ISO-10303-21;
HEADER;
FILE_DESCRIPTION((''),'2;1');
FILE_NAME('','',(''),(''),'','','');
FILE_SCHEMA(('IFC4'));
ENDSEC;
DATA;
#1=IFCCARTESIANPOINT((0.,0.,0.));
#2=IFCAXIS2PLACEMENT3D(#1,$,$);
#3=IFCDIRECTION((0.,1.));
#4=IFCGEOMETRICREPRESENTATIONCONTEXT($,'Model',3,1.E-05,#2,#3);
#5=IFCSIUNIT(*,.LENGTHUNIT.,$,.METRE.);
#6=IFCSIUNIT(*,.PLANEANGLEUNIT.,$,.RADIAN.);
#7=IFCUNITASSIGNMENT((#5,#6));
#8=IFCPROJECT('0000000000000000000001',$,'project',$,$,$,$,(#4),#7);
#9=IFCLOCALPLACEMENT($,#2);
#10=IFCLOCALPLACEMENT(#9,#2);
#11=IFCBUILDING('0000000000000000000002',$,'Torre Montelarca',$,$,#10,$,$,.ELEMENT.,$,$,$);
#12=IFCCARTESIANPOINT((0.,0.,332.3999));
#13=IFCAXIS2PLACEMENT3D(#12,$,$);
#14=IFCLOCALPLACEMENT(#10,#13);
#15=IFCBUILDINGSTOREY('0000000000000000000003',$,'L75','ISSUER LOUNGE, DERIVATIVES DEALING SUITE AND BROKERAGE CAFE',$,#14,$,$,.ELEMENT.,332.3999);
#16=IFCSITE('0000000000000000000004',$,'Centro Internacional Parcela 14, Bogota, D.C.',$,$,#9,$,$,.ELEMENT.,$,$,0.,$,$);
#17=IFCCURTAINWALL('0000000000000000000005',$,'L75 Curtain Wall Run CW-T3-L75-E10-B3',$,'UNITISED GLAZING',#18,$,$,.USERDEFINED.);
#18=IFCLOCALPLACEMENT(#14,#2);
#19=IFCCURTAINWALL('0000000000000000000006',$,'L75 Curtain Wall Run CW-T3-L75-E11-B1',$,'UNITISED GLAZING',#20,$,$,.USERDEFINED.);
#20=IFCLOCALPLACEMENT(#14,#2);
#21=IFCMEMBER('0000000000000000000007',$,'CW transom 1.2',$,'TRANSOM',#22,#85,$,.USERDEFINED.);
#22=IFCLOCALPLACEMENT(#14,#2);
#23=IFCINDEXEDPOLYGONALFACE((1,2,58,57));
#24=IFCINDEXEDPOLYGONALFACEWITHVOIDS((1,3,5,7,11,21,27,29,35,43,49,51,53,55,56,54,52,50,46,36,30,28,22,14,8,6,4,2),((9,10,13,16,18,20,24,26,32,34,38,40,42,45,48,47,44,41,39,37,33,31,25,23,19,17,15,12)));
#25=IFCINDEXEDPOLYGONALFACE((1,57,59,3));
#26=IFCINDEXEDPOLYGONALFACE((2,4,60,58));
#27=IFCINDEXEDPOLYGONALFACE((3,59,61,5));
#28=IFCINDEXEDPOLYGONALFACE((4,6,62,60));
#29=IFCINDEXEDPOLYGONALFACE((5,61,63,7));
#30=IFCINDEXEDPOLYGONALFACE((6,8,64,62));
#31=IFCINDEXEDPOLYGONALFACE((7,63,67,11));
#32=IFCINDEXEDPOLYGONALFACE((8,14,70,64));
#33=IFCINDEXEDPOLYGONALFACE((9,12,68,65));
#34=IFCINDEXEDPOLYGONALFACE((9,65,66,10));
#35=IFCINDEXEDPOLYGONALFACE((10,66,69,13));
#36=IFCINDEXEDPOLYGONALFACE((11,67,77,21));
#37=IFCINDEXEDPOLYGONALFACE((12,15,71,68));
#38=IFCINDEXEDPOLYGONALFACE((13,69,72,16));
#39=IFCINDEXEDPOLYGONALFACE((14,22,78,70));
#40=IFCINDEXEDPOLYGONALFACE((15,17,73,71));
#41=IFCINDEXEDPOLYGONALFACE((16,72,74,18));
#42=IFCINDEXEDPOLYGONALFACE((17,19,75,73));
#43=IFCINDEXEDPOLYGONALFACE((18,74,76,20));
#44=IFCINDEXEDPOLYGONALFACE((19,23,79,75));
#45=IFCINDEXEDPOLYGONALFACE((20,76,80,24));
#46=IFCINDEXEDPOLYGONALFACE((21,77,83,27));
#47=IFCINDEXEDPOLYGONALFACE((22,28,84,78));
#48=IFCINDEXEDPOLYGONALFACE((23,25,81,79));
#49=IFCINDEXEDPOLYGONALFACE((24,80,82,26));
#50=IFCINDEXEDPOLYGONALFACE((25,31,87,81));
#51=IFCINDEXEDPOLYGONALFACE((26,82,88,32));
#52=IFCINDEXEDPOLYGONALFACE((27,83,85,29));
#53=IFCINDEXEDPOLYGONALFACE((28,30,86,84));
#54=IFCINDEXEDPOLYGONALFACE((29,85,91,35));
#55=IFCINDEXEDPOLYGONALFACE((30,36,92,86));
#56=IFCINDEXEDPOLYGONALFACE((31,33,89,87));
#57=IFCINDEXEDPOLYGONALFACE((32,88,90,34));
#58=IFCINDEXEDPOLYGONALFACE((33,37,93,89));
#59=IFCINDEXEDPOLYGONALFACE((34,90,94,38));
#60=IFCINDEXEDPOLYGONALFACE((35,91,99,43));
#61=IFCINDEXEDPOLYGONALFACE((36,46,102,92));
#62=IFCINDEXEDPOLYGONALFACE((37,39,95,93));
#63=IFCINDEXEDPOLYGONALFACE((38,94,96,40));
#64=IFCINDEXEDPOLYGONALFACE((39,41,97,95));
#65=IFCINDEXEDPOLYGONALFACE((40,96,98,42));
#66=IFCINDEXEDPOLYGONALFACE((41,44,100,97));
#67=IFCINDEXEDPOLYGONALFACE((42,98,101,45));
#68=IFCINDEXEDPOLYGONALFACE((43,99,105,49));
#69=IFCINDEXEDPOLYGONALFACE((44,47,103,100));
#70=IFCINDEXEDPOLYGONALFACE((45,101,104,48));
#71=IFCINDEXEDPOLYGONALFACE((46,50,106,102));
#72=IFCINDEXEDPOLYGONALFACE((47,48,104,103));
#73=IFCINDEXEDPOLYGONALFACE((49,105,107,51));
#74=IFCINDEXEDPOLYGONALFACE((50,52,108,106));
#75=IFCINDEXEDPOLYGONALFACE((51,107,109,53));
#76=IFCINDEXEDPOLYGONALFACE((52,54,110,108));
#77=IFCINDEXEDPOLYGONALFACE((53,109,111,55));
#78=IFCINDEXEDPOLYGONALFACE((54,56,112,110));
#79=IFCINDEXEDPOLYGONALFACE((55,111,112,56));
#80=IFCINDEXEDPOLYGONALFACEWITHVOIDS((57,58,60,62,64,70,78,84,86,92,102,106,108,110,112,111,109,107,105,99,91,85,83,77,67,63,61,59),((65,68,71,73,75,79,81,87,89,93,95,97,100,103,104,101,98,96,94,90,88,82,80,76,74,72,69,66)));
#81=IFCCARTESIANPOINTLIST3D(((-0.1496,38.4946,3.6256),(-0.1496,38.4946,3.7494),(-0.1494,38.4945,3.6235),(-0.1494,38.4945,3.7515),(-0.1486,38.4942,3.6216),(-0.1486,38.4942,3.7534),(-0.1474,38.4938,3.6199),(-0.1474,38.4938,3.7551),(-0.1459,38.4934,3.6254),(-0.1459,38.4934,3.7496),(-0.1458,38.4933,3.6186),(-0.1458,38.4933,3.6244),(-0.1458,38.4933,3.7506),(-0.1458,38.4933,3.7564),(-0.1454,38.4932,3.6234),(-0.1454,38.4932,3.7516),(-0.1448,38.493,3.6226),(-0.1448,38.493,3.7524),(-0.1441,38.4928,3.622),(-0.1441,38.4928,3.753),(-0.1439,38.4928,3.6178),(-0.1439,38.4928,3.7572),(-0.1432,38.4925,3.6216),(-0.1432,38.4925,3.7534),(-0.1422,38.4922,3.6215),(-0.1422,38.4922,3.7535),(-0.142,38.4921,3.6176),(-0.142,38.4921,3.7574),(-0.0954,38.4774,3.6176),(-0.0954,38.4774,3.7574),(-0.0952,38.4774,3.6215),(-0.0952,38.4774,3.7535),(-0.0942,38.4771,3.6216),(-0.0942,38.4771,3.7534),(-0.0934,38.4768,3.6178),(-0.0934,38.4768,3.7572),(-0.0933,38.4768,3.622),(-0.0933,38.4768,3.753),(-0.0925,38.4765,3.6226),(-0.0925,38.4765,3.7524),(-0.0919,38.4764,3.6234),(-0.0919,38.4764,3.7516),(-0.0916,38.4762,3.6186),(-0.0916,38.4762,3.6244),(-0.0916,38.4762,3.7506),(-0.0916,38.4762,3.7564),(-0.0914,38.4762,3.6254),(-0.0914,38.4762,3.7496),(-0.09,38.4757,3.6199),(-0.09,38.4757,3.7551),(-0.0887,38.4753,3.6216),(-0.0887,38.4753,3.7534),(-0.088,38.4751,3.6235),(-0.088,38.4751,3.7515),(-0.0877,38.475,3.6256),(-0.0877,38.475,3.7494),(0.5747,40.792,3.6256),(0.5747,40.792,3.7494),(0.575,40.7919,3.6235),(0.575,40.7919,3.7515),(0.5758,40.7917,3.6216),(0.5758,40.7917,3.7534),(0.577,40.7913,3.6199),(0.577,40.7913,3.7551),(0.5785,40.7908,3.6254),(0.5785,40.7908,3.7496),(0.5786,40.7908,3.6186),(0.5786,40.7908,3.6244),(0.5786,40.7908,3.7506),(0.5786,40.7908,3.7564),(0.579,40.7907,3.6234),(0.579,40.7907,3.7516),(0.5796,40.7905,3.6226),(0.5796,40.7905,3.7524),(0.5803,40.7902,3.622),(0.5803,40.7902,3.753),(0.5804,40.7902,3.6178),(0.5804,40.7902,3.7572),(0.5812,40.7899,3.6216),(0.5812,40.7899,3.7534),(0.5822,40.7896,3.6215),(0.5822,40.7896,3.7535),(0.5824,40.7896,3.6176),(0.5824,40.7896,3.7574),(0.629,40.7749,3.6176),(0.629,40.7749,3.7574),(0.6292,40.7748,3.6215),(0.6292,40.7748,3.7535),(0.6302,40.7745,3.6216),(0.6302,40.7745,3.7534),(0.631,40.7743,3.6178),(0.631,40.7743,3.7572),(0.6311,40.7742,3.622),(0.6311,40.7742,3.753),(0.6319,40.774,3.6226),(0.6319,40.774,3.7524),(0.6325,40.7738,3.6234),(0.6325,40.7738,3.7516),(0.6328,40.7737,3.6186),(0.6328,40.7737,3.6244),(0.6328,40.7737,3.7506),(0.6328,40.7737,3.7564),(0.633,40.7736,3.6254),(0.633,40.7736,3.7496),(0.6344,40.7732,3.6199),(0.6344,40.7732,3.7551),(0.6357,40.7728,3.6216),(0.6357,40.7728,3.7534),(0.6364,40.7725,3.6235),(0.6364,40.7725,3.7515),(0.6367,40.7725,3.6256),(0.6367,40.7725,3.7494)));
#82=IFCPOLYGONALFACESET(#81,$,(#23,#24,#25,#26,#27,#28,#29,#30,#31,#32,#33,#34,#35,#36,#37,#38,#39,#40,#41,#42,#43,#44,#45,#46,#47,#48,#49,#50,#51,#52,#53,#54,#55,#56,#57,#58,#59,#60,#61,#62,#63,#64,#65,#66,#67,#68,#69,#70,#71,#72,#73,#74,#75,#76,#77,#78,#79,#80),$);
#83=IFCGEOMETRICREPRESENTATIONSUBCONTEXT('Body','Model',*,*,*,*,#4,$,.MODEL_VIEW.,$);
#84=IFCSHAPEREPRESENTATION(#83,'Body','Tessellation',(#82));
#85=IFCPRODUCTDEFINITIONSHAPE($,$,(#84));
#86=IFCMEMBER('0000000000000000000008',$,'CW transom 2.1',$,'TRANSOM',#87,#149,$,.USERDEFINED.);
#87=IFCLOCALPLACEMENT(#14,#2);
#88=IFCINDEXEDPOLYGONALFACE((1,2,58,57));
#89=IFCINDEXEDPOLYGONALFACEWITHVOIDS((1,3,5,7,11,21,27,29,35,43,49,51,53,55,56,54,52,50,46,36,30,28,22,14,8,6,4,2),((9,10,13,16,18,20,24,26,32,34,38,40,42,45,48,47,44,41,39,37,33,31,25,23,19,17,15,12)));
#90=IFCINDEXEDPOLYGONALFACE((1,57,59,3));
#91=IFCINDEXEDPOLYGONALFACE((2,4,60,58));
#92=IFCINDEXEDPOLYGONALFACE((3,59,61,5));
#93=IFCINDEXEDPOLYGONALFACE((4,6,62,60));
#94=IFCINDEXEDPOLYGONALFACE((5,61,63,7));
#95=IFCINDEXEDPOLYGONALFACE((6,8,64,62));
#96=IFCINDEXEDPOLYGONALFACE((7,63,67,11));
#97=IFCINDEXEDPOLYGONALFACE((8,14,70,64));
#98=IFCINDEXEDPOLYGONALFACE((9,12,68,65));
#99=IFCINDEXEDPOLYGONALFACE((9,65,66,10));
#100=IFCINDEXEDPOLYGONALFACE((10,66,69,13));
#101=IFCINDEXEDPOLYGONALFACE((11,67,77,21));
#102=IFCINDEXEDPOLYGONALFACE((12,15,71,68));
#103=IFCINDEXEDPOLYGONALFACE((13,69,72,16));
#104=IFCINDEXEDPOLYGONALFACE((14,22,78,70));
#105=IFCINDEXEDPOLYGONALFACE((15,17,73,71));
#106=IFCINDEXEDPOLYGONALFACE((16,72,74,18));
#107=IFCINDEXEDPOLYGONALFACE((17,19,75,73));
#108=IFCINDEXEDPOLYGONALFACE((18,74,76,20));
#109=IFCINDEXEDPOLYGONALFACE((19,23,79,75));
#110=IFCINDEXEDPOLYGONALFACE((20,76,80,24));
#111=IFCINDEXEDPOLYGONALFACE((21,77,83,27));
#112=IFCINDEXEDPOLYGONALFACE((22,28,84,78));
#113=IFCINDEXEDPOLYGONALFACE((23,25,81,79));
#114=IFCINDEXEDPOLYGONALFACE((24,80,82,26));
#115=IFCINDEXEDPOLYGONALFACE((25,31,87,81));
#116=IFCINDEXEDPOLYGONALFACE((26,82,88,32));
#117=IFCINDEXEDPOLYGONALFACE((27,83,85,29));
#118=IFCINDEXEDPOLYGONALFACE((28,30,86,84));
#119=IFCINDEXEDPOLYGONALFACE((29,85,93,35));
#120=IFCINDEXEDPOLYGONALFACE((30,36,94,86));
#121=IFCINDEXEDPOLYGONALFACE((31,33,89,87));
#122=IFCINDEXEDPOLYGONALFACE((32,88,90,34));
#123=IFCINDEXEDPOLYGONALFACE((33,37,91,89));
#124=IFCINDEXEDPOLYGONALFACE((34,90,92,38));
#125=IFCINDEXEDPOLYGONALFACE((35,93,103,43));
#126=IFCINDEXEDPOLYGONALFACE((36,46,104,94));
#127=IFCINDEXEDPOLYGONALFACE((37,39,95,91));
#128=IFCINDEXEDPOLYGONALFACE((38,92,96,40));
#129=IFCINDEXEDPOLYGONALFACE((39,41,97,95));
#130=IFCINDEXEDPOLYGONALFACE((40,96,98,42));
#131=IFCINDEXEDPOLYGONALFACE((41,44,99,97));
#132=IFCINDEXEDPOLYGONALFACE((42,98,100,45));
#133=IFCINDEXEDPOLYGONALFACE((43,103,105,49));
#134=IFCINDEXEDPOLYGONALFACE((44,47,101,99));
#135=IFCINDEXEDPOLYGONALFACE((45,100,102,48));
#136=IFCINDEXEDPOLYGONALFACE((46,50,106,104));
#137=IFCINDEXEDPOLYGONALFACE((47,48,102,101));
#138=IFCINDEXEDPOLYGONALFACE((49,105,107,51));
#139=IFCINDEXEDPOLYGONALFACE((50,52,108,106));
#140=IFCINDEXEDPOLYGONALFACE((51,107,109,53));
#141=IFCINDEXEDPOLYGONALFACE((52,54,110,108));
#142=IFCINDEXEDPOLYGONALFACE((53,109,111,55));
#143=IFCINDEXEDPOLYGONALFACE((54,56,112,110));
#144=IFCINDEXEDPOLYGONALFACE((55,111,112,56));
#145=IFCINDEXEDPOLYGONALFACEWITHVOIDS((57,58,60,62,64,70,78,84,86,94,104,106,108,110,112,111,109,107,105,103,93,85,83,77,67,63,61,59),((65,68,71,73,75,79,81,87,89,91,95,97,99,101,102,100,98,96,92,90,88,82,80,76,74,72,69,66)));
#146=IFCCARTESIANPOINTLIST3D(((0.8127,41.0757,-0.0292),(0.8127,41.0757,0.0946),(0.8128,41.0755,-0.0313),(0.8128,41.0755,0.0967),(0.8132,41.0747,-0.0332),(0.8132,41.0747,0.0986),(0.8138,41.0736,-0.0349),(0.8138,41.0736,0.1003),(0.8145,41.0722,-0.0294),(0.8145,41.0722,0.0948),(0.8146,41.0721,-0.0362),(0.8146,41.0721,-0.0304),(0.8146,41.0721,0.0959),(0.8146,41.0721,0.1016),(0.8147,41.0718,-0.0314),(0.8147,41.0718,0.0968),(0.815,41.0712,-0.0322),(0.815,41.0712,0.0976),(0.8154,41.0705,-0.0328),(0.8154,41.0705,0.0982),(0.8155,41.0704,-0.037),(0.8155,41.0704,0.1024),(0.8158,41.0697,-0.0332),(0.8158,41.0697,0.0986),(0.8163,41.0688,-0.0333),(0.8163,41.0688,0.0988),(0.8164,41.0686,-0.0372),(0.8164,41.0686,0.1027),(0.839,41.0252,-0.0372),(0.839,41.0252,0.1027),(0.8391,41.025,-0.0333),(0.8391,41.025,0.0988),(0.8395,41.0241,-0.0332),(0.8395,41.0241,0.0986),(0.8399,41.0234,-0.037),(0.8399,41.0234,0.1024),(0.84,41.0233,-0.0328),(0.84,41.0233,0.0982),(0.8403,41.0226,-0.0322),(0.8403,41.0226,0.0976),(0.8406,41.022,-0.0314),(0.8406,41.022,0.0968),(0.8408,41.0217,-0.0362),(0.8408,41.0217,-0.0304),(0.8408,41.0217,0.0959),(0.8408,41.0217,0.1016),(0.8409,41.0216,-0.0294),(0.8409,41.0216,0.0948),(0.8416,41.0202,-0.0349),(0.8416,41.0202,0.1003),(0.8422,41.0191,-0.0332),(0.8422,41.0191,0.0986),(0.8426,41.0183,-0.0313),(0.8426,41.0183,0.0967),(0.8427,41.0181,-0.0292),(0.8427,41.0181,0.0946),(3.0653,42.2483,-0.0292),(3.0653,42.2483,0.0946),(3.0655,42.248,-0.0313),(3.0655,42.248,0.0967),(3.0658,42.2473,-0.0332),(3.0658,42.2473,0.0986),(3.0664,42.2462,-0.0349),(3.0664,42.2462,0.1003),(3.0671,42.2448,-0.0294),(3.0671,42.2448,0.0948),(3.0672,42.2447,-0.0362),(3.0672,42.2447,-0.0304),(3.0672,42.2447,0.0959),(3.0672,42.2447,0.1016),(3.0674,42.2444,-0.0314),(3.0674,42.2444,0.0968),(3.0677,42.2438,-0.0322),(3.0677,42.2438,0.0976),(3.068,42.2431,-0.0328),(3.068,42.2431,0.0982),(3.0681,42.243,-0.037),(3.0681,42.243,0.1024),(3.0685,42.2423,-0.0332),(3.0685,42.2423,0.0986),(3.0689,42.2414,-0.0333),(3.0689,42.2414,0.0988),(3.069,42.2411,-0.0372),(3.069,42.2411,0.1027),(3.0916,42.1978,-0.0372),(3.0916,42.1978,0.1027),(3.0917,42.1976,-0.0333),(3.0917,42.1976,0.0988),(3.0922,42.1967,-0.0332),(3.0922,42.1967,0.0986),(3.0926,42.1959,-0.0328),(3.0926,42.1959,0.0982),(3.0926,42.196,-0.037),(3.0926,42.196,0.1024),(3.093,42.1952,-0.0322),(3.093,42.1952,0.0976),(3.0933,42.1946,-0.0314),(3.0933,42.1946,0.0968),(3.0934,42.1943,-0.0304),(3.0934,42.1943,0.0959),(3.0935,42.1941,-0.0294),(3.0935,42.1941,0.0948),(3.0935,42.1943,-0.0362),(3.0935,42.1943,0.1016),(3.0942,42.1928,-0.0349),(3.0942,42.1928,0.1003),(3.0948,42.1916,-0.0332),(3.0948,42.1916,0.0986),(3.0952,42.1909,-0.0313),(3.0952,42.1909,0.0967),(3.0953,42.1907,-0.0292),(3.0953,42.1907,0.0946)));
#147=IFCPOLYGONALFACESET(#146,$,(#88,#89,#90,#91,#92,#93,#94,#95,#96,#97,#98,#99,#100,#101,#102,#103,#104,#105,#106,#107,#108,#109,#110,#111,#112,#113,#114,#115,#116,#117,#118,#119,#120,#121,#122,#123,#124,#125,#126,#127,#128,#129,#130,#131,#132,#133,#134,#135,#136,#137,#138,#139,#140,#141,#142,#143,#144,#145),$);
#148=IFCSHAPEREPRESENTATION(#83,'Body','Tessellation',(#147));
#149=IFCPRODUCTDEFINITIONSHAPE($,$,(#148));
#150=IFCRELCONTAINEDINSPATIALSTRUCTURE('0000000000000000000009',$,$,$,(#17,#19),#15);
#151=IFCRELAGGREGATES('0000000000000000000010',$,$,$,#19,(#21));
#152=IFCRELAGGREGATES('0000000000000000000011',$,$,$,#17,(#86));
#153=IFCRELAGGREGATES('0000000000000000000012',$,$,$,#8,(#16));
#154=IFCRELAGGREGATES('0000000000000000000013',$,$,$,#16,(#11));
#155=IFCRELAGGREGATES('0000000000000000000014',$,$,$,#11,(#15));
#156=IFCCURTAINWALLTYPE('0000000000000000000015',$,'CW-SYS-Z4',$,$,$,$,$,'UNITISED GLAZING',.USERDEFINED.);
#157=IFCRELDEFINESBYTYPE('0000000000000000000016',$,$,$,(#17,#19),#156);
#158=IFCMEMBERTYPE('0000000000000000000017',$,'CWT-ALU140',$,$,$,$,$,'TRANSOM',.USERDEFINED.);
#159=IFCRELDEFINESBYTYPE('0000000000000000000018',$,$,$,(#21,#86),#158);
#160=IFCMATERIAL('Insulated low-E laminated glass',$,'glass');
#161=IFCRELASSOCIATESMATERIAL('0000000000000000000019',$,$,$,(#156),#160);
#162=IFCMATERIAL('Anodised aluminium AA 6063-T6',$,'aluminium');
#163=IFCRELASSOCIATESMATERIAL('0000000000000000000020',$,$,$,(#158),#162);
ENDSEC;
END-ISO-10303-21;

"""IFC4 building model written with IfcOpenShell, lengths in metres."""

from ifc_helpers import new_model, si_unit, direction, frame, origin, origin_2d, place, context, subcontext, project, spatial, hollow_rectangle, extrude, source, transform, mapped, material, material_profile, profile_set, type_object, element, aggregate, save


model = new_model("IFC4")

# Units and contexts
model_context = context("Model", 3, precision=1e-05, world=origin(), true_north=direction((0.0, 1.0)))
body_context = subcontext(model_context, "Body", "Model", "MODEL_VIEW")
ifc_project = project(units=[si_unit("LENGTHUNIT", "METRE"), si_unit("PLANEANGLEUNIT", "RADIAN")], contexts=[model_context])

# Site, building, storey
site_placement = place(None, origin())
site = spatial("IfcSite", under=ifc_project, at=site_placement, Name="Centro Internacional Parcela 14, Bogota, D.C.", CompositionType="ELEMENT", RefElevation=0.0)
building_placement = place(site_placement, origin())
building = spatial("IfcBuilding", under=site, at=building_placement, Name="Torre Montelarca", CompositionType="ELEMENT")
storey_placement = place(building_placement, frame((0.0, 0.0, 332.3999)))
storey = spatial("IfcBuildingStorey", under=building, at=storey_placement, Name="L75", Description="ISSUER LOUNGE, DERIVATIVES DEALING SUITE AND BROKERAGE CAFE", CompositionType="ELEMENT", Elevation=332.3999)

# Curtain walls, member
ifc_material_1 = material(Name="Insulated low-E laminated glass", Category="glass")
curtain_wall_type = type_object("IfcCurtainWallType", Name="CW-SYS-Z4", ElementType="UNITISED GLAZING", PredefinedType="USERDEFINED", material=ifc_material_1)
ifc_material_2 = material(Name="Anodised aluminium AA 6063-T6", Category="aluminium")
curtain_wall_1_placement = place(storey_placement, origin())
curtain_wall_1 = element("IfcCurtainWall", 1, at=curtain_wall_1_placement, inside=storey, type_object=curtain_wall_type, Name="L75 Curtain Wall Run CW-T3-L75-E10-B3", ObjectType="UNITISED GLAZING", PredefinedType="USERDEFINED")
curtain_wall_2_placement = place(storey_placement, origin())
curtain_wall_2 = element("IfcCurtainWall", 2, at=curtain_wall_2_placement, inside=storey, type_object=curtain_wall_type, Name="L75 Curtain Wall Run CW-T3-L75-E11-B1", ObjectType="UNITISED GLAZING", PredefinedType="USERDEFINED")
ifc_material_profile_1 = material_profile(ifc_material_2, hollow_rectangle(XDim=0.0649, YDim=0.1399, WallThickness=0.0039, InnerFilletRadius=0.0039, OuterFilletRadius=0.0081, at=origin_2d()), Name="ALU65X140X4", Category="aluminium")
ifc_profile_set_1 = profile_set([ifc_material_profile_1], Name="Anodised aluminium AA 6063-T6")
member_type_1 = type_object("IfcMemberType", Name="CWT-ALU140", ElementType="TRANSOM", PredefinedType="USERDEFINED", material=ifc_profile_set_1)
shared_shape_1 = source(origin(), body_context, "Body", "SweptSolid", [
    extrude(hollow_rectangle(XDim=0.0649, YDim=0.1399, WallThickness=0.0039, InnerFilletRadius=0.0039, OuterFilletRadius=0.0081, at=origin_2d()), origin(), (0.0, 0.0, 1.0), 2.4089),
])
member_1_placement = place(storey_placement, frame((0.6057, 40.7822, 3.6875), z_axis=(-0.300709, -0.953716, 0.0), x_axis=(0.953716, -0.300709, 0.0)))
member_1 = element("IfcMember", 3, at=member_1_placement, type_object=member_type_1, Name="CW transom 1.2", ObjectType="TRANSOM", PredefinedType="USERDEFINED", context=body_context, shape_type="MappedRepresentation", body=[
    mapped(shared_shape_1, transform((0.0, 0.0, 0.0), scale=1.0)),
])
aggregate(curtain_wall_2, [member_1])

# Member
shared_shape_2 = source(origin(), body_context, "Body", "SweptSolid", [
    extrude(hollow_rectangle(XDim=0.0649, YDim=0.1399, WallThickness=0.0039, InnerFilletRadius=0.0039, OuterFilletRadius=0.0081, at=origin_2d()), origin(), (0.0, 0.0, 1.0), 2.5396),
])
member_2_placement = place(storey_placement, frame((3.0803, 42.2195, 0.0327), z_axis=(-0.887022, -0.461728, 0.0), x_axis=(0.461728, -0.887022, 0.0)))
member_2 = element("IfcMember", 4, at=member_2_placement, type_object=member_type_1, Name="CW transom 2.1", ObjectType="TRANSOM", PredefinedType="USERDEFINED", context=body_context, shape_type="MappedRepresentation", body=[
    mapped(shared_shape_2, transform((0.0, 0.0, 0.0), scale=1.0)),
])

aggregate(curtain_wall_1, [member_2])

save(model, "model.ifc")
